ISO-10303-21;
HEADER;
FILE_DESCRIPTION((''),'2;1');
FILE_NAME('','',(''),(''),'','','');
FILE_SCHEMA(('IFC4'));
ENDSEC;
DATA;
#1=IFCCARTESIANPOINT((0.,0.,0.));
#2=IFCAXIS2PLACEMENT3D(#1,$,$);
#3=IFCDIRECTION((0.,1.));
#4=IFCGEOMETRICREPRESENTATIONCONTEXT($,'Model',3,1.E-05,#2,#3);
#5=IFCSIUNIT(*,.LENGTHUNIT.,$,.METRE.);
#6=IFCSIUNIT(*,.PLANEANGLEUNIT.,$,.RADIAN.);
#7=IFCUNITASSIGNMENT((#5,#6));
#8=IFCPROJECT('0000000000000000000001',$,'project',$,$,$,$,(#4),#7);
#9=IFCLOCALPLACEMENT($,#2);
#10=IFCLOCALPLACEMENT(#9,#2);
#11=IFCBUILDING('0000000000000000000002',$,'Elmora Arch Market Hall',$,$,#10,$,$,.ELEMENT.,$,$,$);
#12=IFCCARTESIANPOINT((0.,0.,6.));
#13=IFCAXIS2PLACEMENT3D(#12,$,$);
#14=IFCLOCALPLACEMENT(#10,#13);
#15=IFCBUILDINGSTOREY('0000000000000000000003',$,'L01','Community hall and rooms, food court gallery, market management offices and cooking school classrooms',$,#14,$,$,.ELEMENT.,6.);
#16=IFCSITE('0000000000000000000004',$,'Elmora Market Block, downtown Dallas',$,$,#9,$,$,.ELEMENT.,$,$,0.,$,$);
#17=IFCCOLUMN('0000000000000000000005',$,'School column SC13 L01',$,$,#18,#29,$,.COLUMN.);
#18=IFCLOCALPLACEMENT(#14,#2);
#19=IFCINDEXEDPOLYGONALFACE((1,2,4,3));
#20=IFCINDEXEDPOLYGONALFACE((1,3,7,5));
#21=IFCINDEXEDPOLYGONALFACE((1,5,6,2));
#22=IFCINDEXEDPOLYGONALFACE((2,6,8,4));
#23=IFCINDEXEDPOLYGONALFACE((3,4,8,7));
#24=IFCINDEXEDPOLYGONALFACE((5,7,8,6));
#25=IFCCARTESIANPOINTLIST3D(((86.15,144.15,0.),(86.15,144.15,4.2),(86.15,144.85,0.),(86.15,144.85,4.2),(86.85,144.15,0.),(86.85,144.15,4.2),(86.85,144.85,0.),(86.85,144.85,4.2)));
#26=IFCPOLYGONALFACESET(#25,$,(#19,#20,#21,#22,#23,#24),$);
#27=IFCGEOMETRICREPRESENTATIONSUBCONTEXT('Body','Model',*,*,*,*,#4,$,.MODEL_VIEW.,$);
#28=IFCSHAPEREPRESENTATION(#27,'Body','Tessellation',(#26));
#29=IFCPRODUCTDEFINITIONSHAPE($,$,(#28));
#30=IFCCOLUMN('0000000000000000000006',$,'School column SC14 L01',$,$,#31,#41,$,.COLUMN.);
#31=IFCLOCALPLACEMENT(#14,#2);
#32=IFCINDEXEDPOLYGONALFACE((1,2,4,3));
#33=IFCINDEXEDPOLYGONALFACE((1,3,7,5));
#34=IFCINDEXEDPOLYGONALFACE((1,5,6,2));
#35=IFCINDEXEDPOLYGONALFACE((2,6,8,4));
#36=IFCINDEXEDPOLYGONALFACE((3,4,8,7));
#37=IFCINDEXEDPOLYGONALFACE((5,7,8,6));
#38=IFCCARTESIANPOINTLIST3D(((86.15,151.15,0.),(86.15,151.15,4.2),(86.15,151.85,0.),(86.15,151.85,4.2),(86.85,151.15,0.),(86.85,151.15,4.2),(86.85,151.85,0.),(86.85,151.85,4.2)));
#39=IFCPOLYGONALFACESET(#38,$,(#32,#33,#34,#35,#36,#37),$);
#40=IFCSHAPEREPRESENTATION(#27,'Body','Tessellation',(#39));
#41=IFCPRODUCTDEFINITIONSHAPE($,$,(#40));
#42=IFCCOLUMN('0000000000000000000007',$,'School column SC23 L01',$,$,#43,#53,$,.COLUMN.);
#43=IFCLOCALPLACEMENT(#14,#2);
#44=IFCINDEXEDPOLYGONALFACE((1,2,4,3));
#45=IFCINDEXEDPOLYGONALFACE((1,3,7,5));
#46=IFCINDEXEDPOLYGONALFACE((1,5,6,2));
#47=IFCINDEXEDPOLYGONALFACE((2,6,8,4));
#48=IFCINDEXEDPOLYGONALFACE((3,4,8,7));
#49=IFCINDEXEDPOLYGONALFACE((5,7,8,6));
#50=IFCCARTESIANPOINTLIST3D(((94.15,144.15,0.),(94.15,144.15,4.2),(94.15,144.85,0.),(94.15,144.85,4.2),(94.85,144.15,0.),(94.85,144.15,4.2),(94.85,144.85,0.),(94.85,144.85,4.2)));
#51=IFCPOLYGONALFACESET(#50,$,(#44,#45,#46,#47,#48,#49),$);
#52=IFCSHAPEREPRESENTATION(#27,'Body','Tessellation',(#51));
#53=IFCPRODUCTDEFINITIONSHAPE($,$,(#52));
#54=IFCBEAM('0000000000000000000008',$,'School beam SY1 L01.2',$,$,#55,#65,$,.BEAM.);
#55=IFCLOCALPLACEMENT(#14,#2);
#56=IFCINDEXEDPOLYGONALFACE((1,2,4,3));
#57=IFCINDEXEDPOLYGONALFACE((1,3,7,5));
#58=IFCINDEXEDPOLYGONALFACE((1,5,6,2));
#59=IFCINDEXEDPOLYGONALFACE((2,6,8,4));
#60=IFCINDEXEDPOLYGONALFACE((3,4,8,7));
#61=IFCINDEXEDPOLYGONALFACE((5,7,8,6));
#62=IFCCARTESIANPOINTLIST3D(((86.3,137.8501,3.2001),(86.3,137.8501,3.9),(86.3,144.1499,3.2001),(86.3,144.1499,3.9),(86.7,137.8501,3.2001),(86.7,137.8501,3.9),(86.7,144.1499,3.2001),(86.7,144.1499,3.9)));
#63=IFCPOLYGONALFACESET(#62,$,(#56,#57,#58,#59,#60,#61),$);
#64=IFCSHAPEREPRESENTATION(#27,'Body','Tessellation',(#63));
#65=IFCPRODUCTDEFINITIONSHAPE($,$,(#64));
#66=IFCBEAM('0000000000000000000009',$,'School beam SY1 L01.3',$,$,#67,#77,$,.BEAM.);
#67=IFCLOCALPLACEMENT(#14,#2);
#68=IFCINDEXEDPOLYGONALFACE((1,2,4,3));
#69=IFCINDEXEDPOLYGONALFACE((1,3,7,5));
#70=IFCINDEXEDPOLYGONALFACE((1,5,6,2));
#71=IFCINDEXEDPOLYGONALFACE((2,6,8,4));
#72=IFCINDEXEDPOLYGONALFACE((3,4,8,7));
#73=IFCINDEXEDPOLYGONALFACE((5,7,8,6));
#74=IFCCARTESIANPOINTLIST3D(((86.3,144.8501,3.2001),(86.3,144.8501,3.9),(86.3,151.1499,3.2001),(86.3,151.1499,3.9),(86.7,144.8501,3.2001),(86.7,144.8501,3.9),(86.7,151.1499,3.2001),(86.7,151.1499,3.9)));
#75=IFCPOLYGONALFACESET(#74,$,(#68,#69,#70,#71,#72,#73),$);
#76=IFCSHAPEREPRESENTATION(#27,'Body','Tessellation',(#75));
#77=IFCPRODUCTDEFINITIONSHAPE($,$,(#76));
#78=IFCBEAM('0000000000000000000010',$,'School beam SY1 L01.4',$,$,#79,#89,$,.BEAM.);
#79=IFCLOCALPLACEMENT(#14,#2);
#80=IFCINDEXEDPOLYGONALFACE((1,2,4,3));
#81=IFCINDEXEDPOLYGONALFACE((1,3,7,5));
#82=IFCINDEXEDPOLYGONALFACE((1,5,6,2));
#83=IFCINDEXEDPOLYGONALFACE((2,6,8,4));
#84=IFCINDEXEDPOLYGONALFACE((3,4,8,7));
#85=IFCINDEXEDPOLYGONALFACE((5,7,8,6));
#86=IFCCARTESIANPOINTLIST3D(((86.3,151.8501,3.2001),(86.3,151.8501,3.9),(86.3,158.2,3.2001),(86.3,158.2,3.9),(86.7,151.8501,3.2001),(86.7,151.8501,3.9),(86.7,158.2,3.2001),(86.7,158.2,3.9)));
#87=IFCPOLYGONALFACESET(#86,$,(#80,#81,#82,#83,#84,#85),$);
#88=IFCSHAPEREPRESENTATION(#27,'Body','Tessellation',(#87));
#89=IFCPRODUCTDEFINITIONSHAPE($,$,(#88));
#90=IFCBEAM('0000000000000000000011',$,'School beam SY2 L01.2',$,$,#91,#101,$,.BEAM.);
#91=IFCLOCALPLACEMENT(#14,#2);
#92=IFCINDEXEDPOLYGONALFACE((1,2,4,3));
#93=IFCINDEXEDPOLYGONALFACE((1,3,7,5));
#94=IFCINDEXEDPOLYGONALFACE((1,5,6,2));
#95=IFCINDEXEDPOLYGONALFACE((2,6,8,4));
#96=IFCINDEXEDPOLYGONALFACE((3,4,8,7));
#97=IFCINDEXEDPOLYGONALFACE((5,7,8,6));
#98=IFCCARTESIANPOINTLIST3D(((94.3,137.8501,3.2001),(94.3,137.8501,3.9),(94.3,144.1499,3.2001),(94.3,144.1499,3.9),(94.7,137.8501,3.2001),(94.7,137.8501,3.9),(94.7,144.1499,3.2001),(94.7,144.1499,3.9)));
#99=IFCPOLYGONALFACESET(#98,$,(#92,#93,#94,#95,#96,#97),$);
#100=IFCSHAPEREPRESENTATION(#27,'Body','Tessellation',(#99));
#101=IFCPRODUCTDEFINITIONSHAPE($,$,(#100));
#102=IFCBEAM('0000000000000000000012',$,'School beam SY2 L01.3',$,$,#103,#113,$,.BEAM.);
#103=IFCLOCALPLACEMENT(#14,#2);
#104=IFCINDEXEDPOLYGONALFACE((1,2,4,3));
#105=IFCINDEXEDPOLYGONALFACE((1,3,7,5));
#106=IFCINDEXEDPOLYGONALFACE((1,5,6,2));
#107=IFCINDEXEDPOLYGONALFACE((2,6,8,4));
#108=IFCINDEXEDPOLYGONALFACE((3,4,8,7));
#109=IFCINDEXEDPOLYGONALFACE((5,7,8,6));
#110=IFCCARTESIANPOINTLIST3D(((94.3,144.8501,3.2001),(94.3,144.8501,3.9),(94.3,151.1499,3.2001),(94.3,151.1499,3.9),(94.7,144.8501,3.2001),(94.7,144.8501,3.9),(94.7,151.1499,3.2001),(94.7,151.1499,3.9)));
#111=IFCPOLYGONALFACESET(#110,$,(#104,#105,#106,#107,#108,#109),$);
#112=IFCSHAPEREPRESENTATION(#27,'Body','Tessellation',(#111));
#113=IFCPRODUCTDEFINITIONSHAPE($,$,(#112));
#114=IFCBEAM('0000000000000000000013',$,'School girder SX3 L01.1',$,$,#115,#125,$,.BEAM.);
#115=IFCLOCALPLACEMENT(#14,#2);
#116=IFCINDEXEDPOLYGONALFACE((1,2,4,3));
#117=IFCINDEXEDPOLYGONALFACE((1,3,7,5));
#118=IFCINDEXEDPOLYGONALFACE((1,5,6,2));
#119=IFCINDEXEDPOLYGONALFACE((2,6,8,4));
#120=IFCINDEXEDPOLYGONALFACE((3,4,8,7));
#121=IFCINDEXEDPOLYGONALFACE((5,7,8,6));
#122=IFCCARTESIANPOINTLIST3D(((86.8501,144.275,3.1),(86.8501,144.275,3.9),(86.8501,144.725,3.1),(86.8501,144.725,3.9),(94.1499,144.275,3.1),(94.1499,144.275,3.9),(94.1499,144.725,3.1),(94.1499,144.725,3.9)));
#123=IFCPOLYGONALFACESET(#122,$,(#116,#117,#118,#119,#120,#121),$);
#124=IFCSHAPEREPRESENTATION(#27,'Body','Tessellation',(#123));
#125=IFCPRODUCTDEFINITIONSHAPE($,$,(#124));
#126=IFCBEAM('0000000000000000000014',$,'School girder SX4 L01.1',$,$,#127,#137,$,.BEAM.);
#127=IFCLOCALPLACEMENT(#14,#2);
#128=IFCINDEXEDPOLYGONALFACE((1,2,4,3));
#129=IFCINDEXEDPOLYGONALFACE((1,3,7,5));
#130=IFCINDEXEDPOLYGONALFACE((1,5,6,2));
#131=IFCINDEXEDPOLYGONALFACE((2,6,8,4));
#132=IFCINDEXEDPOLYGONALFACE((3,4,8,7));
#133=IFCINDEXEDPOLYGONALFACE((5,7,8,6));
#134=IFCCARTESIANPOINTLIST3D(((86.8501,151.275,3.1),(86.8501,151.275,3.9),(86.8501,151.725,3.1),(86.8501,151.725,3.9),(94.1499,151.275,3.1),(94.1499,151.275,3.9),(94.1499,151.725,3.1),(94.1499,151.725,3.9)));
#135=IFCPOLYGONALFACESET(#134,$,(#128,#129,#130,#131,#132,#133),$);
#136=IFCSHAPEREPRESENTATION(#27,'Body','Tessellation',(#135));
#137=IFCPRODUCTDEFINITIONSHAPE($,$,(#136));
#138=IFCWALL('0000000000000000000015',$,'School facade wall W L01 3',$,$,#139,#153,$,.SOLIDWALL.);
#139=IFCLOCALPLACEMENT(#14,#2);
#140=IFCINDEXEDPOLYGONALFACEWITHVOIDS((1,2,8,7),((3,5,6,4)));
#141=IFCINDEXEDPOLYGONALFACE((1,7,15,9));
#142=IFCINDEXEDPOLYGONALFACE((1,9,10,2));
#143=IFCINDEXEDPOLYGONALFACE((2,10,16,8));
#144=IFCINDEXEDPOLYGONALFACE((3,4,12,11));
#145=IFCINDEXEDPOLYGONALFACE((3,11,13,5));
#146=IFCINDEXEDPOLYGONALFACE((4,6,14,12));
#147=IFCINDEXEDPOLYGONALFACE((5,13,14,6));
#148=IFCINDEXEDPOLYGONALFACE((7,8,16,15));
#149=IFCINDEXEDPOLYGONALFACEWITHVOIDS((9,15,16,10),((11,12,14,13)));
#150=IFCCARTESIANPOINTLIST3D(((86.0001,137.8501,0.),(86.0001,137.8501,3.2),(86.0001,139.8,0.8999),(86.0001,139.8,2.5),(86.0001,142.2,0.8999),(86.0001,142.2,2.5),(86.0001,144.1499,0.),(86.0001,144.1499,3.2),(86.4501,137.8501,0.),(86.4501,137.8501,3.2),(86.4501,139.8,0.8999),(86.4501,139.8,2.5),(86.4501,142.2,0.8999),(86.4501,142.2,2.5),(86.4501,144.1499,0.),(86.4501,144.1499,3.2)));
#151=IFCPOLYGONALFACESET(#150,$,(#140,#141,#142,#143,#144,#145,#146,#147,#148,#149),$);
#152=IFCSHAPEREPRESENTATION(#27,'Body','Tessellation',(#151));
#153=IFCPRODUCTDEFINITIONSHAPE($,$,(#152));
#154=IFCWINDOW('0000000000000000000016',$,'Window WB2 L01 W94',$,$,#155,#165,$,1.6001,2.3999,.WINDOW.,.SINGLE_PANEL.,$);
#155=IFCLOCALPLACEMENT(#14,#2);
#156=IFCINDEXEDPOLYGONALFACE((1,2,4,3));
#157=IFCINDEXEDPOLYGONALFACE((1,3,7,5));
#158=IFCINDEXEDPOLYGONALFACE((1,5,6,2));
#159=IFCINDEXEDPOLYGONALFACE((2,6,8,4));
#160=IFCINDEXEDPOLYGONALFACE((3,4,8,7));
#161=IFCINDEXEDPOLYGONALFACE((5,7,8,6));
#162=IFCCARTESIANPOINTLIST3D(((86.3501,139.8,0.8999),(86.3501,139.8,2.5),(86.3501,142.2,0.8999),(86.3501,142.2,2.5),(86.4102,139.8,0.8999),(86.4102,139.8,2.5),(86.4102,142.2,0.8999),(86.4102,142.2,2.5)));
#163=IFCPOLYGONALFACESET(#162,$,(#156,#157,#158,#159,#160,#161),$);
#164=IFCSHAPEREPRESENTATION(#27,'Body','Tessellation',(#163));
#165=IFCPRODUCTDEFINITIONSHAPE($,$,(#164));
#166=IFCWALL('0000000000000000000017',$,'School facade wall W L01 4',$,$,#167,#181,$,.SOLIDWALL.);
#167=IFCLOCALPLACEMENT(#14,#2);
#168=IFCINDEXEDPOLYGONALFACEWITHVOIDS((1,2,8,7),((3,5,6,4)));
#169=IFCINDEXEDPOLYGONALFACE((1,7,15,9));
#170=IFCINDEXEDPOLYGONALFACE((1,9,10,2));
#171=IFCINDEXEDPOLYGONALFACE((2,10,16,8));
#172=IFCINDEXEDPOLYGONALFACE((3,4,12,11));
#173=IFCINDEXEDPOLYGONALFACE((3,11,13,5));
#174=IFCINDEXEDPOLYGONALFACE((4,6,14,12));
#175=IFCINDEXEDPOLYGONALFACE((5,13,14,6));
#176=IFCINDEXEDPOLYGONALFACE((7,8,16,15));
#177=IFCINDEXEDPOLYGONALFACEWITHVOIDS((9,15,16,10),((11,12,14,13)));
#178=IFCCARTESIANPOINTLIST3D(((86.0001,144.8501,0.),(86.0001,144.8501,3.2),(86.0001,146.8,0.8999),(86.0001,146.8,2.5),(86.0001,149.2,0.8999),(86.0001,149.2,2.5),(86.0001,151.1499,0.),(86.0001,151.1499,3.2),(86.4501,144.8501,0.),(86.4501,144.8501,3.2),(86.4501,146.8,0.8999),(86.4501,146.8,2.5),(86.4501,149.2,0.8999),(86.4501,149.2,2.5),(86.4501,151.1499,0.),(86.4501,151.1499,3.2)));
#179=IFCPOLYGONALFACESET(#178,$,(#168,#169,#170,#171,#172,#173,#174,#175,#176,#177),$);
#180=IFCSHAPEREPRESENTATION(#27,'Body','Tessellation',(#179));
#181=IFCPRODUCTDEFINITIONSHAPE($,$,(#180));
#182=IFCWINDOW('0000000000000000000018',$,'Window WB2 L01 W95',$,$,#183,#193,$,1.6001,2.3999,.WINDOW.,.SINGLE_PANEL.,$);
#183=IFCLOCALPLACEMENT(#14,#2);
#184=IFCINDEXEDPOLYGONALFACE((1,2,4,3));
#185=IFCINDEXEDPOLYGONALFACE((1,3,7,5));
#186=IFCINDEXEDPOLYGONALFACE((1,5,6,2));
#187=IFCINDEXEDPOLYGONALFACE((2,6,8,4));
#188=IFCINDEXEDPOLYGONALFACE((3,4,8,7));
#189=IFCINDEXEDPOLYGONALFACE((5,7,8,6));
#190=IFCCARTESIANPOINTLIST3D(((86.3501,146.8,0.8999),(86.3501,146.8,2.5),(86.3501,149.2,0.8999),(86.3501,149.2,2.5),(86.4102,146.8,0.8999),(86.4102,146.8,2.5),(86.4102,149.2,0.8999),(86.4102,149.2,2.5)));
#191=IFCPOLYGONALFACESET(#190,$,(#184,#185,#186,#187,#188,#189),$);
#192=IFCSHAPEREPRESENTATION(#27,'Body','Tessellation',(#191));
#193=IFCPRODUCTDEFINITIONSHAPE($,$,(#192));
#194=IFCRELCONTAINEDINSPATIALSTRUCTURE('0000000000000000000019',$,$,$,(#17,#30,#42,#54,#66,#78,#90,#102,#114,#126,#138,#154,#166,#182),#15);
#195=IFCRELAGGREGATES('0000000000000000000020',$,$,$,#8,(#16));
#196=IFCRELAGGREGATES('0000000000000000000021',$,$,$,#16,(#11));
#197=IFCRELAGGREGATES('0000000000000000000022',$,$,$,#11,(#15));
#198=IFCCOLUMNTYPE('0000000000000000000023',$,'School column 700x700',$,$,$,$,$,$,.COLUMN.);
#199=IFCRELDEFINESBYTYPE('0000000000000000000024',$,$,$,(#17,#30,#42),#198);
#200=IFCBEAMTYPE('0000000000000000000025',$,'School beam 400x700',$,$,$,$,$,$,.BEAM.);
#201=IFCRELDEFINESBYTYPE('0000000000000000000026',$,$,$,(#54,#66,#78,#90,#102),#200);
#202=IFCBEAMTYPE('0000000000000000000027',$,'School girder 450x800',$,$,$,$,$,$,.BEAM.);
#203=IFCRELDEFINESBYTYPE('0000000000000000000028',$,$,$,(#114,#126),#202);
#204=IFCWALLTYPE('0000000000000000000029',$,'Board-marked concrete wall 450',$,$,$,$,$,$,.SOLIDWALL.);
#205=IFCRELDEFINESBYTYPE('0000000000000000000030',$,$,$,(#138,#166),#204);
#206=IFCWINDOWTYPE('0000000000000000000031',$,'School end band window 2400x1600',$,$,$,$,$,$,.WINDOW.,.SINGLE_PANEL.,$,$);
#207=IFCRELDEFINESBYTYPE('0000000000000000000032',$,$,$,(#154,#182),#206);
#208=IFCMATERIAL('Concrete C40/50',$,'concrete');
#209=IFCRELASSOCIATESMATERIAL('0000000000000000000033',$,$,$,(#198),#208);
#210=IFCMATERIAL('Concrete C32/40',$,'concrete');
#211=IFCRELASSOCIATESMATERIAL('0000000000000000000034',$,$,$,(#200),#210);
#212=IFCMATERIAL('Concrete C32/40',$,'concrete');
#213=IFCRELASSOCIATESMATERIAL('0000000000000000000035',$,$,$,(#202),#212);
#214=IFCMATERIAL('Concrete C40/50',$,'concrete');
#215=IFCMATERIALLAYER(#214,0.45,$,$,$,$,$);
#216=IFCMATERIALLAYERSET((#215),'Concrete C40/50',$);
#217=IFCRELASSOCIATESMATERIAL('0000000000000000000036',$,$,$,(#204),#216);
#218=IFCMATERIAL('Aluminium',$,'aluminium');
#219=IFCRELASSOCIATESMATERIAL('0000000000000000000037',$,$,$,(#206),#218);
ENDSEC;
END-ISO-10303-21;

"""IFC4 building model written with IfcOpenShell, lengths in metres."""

from ifc_helpers import new_model, si_unit, direction, frame, frame_2d, origin, origin_2d, place, context, subcontext, project, spatial, rectangle, extrude, material, layer, layer_set, material_profile, profile_set, type_object, element, fill, save


model = new_model("IFC4")

# Units and contexts
model_context = context("Model", 3, precision=1e-05, world=origin(), true_north=direction((0.0, 1.0)))
body_context = subcontext(model_context, "Body", "Model", "MODEL_VIEW")
ifc_project = project(units=[si_unit("LENGTHUNIT", "METRE"), si_unit("PLANEANGLEUNIT", "RADIAN")], contexts=[model_context])

# Site, building, storey
site_placement = place(None, origin())
site = spatial("IfcSite", under=ifc_project, at=site_placement, Name="Elmora Market Block, downtown Dallas", CompositionType="ELEMENT", RefElevation=0.0)
building_placement = place(site_placement, origin())
building = spatial("IfcBuilding", under=site, at=building_placement, Name="Elmora Arch Market Hall", CompositionType="ELEMENT")
storey_placement = place(building_placement, frame((0.0, 0.0, 6.0)))
storey = spatial("IfcBuildingStorey", under=building, at=storey_placement, Name="L01", Description="Community hall and rooms, food court gallery, market management offices and cooking school classrooms", CompositionType="ELEMENT", Elevation=6.0)

# Columns
ifc_material_1 = material(Name="Concrete C40/50", Category="concrete")
ifc_material_profile_1 = material_profile(ifc_material_1, rectangle(XDim=0.7, YDim=0.7, at=origin_2d()), Name="School column 700x700")
ifc_profile_set_1 = profile_set([ifc_material_profile_1], Name="Concrete C40/50")
column_type = type_object("IfcColumnType", Name="School column 700x700", PredefinedType="COLUMN", material=ifc_profile_set_1)
for number, where, z_axis, x_axis, name in (
    (1, (86.5, 144.5, 0.0), (0.0, 0.0, 1.0), (1.0, 0.0, 0.0), "School column SC13 L01"),
    (2, (86.5, 151.5, 0.0), (0.0, 0.0, 1.0), (1.0, 0.0, 0.0), "School column SC14 L01"),
    (3, (94.5, 144.5, 0.0), (0.0, 0.0, 1.0), (1.0, 0.0, 0.0), "School column SC23 L01"),
):
    element("IfcColumn", number, at=place(storey_placement, frame(where, z_axis=z_axis, x_axis=x_axis)), inside=storey, type_object=column_type, Name=name, PredefinedType="COLUMN", context=body_context, shape_type="SweptSolid", body=[
        extrude(rectangle(XDim=0.7, YDim=0.7, at=origin_2d()), origin(), (0.0, 0.0, 1.0), 4.2),
    ])

# Beams
ifc_material_2 = material(Name="Concrete C32/40", Category="concrete")
ifc_material_profile_2 = material_profile(ifc_material_2, rectangle(XDim=0.3999, YDim=0.7, at=origin_2d()), Name="School beam 400x700")
ifc_profile_set_2 = profile_set([ifc_material_profile_2], Name="Concrete C32/40")
beam_type_1 = type_object("IfcBeamType", Name="School beam 400x700", PredefinedType="BEAM", material=ifc_profile_set_2)
for number, where, z_axis, x_axis, name in (
    (4, (86.5, 137.8501, 3.55), (0.0, 1.0, 0.0), (-1.0, 0.0, 0.0), "School beam SY1 L01.2"),
    (5, (86.5, 144.8501, 3.55), (0.0, 1.0, 0.0), (-1.0, 0.0, 0.0), "School beam SY1 L01.3"),
):
    element("IfcBeam", number, at=place(storey_placement, frame(where, z_axis=z_axis, x_axis=x_axis)), inside=storey, type_object=beam_type_1, Name=name, PredefinedType="BEAM", context=body_context, shape_type="SweptSolid", body=[
        extrude(rectangle(XDim=0.3999, YDim=0.7, at=origin_2d()), origin(), (0.0, 0.0, 1.0), 6.2998),
    ])
beam_placement = place(storey_placement, frame((86.5, 151.8501, 3.55), z_axis=(0.0, 1.0, 0.0), x_axis=(-1.0, 0.0, 0.0)))
element("IfcBeam", 6, at=beam_placement, inside=storey, type_object=beam_type_1, Name="School beam SY1 L01.4", PredefinedType="BEAM", context=body_context, shape_type="SweptSolid", body=[
    extrude(rectangle(XDim=0.3999, YDim=0.7, at=origin_2d()), origin(), (0.0, 0.0, 1.0), 6.3499),
])
for number, where, z_axis, x_axis, name in (
    (7, (94.5, 137.8501, 3.55), (0.0, 1.0, 0.0), (-1.0, 0.0, 0.0), "School beam SY2 L01.2"),
    (8, (94.5, 144.8501, 3.55), (0.0, 1.0, 0.0), (-1.0, 0.0, 0.0), "School beam SY2 L01.3"),
):
    element("IfcBeam", number, at=place(storey_placement, frame(where, z_axis=z_axis, x_axis=x_axis)), inside=storey, type_object=beam_type_1, Name=name, PredefinedType="BEAM", context=body_context, shape_type="SweptSolid", body=[
        extrude(rectangle(XDim=0.3999, YDim=0.7, at=origin_2d()), origin(), (0.0, 0.0, 1.0), 6.2998),
    ])
ifc_material_3 = material(Name="Concrete C32/40", Category="concrete")
ifc_material_profile_3 = material_profile(ifc_material_3, rectangle(XDim=0.45, YDim=0.8, at=origin_2d()), Name="School girder 450x800")
ifc_profile_set_3 = profile_set([ifc_material_profile_3], Name="Concrete C32/40")
beam_type_2 = type_object("IfcBeamType", Name="School girder 450x800", PredefinedType="BEAM", material=ifc_profile_set_3)
for number, where, z_axis, x_axis, name in (
    (9, (86.8501, 144.5, 3.5), (1.0, 0.0, 0.0), (0.0, 1.0, 0.0), "School girder SX3 L01.1"),
    (10, (86.8501, 151.5, 3.5), (1.0, 0.0, 0.0), (0.0, 1.0, 0.0), "School girder SX4 L01.1"),
):
    element("IfcBeam", number, at=place(storey_placement, frame(where, z_axis=z_axis, x_axis=x_axis)), inside=storey, type_object=beam_type_2, Name=name, PredefinedType="BEAM", context=body_context, shape_type="SweptSolid", body=[
        extrude(rectangle(XDim=0.45, YDim=0.8, at=origin_2d()), origin(), (0.0, 0.0, 1.0), 7.2998),
    ])

# Walls, openings, windows
ifc_material_4 = material(Name="Concrete C40/50", Category="concrete")
ifc_layer_1 = layer(ifc_material_4, 0.45)
ifc_layer_set_1 = layer_set([ifc_layer_1], Name="Concrete C40/50")
wall_type_1 = type_object("IfcWallType", Name="Board-marked concrete wall 450", PredefinedType="SOLIDWALL", material=ifc_layer_set_1)
wall_1_placement = place(storey_placement, frame((86.2251, 137.8501, 0.0), z_axis=(0.0, 0.0, 1.0), x_axis=(0.0, 1.0, 0.0)))
wall_1 = element("IfcWall", 11, at=wall_1_placement, inside=storey, type_object=wall_type_1, Name="School facade wall W L01 3", PredefinedType="SOLIDWALL", context=body_context, shape_type="SweptSolid", body=[
    extrude(rectangle(XDim=6.2998, YDim=0.45, at=frame_2d((3.1499, 0.0))), origin(), (0.0, 0.0, 1.0), 3.2),
])
opening_1_placement = place(wall_1_placement, frame((1.95, 0.0, 0.8999)))
opening_1 = element("IfcOpeningElement", 12, at=opening_1_placement, cuts=wall_1, PredefinedType="OPENING", context=body_context, shape_type="SweptSolid", body=[
    extrude(rectangle(XDim=2.3999, YDim=1.6001, at=frame_2d((1.2, 0.8))), frame((0.0, 0.2349, 0.0), z_axis=(0.0, -1.0, 0.0), x_axis=(1.0, 0.0, 0.0)), (0.0, 0.0, 1.0), 0.47),
])
ifc_material_5 = material(Name="Aluminium", Category="aluminium")
window_type = type_object("IfcWindowType", Name="School end band window 2400x1600", PartitioningType="SINGLE_PANEL", PredefinedType="WINDOW", material=ifc_material_5)
window_1_placement = place(opening_1_placement, origin())
window_1 = element("IfcWindow", 13, at=window_1_placement, inside=storey, type_object=window_type, Name="Window WB2 L01 W94", OverallHeight=1.6001, OverallWidth=2.3999, PartitioningType="SINGLE_PANEL", PredefinedType="WINDOW", context=body_context, shape_type="SweptSolid", body=[
    extrude(rectangle(XDim=2.3999, YDim=1.6001, at=frame_2d((1.2, 0.8))), frame((0.0, -0.125, 0.0), z_axis=(0.0, -1.0, 0.0), x_axis=(1.0, 0.0, 0.0)), (0.0, 0.0, 1.0), 0.0601),
])
fill(opening_1, window_1)
wall_2_placement = place(storey_placement, frame((86.2251, 144.8501, 0.0), z_axis=(0.0, 0.0, 1.0), x_axis=(0.0, 1.0, 0.0)))
wall_2 = element("IfcWall", 14, at=wall_2_placement, inside=storey, type_object=wall_type_1, Name="School facade wall W L01 4", PredefinedType="SOLIDWALL", context=body_context, shape_type="SweptSolid", body=[
    extrude(rectangle(XDim=6.2998, YDim=0.45, at=frame_2d((3.1499, 0.0))), origin(), (0.0, 0.0, 1.0), 3.2),
])
opening_2_placement = place(wall_2_placement, frame((1.95, 0.0, 0.8999)))
opening_2 = element("IfcOpeningElement", 15, at=opening_2_placement, cuts=wall_2, PredefinedType="OPENING", context=body_context, shape_type="SweptSolid", body=[
    extrude(rectangle(XDim=2.3999, YDim=1.6001, at=frame_2d((1.2, 0.8))), frame((0.0, 0.2349, 0.0), z_axis=(0.0, -1.0, 0.0), x_axis=(1.0, 0.0, 0.0)), (0.0, 0.0, 1.0), 0.47),
])
window_2_placement = place(opening_2_placement, origin())
window_2 = element("IfcWindow", 16, at=window_2_placement, inside=storey, type_object=window_type, Name="Window WB2 L01 W95", OverallHeight=1.6001, OverallWidth=2.3999, PartitioningType="SINGLE_PANEL", PredefinedType="WINDOW", context=body_context, shape_type="SweptSolid", body=[
    extrude(rectangle(XDim=2.3999, YDim=1.6001, at=frame_2d((1.2, 0.8))), frame((0.0, -0.125, 0.0), z_axis=(0.0, -1.0, 0.0), x_axis=(1.0, 0.0, 0.0)), (0.0, 0.0, 1.0), 0.0601),
])
fill(opening_2, window_2)

save(model, "model.ifc")
